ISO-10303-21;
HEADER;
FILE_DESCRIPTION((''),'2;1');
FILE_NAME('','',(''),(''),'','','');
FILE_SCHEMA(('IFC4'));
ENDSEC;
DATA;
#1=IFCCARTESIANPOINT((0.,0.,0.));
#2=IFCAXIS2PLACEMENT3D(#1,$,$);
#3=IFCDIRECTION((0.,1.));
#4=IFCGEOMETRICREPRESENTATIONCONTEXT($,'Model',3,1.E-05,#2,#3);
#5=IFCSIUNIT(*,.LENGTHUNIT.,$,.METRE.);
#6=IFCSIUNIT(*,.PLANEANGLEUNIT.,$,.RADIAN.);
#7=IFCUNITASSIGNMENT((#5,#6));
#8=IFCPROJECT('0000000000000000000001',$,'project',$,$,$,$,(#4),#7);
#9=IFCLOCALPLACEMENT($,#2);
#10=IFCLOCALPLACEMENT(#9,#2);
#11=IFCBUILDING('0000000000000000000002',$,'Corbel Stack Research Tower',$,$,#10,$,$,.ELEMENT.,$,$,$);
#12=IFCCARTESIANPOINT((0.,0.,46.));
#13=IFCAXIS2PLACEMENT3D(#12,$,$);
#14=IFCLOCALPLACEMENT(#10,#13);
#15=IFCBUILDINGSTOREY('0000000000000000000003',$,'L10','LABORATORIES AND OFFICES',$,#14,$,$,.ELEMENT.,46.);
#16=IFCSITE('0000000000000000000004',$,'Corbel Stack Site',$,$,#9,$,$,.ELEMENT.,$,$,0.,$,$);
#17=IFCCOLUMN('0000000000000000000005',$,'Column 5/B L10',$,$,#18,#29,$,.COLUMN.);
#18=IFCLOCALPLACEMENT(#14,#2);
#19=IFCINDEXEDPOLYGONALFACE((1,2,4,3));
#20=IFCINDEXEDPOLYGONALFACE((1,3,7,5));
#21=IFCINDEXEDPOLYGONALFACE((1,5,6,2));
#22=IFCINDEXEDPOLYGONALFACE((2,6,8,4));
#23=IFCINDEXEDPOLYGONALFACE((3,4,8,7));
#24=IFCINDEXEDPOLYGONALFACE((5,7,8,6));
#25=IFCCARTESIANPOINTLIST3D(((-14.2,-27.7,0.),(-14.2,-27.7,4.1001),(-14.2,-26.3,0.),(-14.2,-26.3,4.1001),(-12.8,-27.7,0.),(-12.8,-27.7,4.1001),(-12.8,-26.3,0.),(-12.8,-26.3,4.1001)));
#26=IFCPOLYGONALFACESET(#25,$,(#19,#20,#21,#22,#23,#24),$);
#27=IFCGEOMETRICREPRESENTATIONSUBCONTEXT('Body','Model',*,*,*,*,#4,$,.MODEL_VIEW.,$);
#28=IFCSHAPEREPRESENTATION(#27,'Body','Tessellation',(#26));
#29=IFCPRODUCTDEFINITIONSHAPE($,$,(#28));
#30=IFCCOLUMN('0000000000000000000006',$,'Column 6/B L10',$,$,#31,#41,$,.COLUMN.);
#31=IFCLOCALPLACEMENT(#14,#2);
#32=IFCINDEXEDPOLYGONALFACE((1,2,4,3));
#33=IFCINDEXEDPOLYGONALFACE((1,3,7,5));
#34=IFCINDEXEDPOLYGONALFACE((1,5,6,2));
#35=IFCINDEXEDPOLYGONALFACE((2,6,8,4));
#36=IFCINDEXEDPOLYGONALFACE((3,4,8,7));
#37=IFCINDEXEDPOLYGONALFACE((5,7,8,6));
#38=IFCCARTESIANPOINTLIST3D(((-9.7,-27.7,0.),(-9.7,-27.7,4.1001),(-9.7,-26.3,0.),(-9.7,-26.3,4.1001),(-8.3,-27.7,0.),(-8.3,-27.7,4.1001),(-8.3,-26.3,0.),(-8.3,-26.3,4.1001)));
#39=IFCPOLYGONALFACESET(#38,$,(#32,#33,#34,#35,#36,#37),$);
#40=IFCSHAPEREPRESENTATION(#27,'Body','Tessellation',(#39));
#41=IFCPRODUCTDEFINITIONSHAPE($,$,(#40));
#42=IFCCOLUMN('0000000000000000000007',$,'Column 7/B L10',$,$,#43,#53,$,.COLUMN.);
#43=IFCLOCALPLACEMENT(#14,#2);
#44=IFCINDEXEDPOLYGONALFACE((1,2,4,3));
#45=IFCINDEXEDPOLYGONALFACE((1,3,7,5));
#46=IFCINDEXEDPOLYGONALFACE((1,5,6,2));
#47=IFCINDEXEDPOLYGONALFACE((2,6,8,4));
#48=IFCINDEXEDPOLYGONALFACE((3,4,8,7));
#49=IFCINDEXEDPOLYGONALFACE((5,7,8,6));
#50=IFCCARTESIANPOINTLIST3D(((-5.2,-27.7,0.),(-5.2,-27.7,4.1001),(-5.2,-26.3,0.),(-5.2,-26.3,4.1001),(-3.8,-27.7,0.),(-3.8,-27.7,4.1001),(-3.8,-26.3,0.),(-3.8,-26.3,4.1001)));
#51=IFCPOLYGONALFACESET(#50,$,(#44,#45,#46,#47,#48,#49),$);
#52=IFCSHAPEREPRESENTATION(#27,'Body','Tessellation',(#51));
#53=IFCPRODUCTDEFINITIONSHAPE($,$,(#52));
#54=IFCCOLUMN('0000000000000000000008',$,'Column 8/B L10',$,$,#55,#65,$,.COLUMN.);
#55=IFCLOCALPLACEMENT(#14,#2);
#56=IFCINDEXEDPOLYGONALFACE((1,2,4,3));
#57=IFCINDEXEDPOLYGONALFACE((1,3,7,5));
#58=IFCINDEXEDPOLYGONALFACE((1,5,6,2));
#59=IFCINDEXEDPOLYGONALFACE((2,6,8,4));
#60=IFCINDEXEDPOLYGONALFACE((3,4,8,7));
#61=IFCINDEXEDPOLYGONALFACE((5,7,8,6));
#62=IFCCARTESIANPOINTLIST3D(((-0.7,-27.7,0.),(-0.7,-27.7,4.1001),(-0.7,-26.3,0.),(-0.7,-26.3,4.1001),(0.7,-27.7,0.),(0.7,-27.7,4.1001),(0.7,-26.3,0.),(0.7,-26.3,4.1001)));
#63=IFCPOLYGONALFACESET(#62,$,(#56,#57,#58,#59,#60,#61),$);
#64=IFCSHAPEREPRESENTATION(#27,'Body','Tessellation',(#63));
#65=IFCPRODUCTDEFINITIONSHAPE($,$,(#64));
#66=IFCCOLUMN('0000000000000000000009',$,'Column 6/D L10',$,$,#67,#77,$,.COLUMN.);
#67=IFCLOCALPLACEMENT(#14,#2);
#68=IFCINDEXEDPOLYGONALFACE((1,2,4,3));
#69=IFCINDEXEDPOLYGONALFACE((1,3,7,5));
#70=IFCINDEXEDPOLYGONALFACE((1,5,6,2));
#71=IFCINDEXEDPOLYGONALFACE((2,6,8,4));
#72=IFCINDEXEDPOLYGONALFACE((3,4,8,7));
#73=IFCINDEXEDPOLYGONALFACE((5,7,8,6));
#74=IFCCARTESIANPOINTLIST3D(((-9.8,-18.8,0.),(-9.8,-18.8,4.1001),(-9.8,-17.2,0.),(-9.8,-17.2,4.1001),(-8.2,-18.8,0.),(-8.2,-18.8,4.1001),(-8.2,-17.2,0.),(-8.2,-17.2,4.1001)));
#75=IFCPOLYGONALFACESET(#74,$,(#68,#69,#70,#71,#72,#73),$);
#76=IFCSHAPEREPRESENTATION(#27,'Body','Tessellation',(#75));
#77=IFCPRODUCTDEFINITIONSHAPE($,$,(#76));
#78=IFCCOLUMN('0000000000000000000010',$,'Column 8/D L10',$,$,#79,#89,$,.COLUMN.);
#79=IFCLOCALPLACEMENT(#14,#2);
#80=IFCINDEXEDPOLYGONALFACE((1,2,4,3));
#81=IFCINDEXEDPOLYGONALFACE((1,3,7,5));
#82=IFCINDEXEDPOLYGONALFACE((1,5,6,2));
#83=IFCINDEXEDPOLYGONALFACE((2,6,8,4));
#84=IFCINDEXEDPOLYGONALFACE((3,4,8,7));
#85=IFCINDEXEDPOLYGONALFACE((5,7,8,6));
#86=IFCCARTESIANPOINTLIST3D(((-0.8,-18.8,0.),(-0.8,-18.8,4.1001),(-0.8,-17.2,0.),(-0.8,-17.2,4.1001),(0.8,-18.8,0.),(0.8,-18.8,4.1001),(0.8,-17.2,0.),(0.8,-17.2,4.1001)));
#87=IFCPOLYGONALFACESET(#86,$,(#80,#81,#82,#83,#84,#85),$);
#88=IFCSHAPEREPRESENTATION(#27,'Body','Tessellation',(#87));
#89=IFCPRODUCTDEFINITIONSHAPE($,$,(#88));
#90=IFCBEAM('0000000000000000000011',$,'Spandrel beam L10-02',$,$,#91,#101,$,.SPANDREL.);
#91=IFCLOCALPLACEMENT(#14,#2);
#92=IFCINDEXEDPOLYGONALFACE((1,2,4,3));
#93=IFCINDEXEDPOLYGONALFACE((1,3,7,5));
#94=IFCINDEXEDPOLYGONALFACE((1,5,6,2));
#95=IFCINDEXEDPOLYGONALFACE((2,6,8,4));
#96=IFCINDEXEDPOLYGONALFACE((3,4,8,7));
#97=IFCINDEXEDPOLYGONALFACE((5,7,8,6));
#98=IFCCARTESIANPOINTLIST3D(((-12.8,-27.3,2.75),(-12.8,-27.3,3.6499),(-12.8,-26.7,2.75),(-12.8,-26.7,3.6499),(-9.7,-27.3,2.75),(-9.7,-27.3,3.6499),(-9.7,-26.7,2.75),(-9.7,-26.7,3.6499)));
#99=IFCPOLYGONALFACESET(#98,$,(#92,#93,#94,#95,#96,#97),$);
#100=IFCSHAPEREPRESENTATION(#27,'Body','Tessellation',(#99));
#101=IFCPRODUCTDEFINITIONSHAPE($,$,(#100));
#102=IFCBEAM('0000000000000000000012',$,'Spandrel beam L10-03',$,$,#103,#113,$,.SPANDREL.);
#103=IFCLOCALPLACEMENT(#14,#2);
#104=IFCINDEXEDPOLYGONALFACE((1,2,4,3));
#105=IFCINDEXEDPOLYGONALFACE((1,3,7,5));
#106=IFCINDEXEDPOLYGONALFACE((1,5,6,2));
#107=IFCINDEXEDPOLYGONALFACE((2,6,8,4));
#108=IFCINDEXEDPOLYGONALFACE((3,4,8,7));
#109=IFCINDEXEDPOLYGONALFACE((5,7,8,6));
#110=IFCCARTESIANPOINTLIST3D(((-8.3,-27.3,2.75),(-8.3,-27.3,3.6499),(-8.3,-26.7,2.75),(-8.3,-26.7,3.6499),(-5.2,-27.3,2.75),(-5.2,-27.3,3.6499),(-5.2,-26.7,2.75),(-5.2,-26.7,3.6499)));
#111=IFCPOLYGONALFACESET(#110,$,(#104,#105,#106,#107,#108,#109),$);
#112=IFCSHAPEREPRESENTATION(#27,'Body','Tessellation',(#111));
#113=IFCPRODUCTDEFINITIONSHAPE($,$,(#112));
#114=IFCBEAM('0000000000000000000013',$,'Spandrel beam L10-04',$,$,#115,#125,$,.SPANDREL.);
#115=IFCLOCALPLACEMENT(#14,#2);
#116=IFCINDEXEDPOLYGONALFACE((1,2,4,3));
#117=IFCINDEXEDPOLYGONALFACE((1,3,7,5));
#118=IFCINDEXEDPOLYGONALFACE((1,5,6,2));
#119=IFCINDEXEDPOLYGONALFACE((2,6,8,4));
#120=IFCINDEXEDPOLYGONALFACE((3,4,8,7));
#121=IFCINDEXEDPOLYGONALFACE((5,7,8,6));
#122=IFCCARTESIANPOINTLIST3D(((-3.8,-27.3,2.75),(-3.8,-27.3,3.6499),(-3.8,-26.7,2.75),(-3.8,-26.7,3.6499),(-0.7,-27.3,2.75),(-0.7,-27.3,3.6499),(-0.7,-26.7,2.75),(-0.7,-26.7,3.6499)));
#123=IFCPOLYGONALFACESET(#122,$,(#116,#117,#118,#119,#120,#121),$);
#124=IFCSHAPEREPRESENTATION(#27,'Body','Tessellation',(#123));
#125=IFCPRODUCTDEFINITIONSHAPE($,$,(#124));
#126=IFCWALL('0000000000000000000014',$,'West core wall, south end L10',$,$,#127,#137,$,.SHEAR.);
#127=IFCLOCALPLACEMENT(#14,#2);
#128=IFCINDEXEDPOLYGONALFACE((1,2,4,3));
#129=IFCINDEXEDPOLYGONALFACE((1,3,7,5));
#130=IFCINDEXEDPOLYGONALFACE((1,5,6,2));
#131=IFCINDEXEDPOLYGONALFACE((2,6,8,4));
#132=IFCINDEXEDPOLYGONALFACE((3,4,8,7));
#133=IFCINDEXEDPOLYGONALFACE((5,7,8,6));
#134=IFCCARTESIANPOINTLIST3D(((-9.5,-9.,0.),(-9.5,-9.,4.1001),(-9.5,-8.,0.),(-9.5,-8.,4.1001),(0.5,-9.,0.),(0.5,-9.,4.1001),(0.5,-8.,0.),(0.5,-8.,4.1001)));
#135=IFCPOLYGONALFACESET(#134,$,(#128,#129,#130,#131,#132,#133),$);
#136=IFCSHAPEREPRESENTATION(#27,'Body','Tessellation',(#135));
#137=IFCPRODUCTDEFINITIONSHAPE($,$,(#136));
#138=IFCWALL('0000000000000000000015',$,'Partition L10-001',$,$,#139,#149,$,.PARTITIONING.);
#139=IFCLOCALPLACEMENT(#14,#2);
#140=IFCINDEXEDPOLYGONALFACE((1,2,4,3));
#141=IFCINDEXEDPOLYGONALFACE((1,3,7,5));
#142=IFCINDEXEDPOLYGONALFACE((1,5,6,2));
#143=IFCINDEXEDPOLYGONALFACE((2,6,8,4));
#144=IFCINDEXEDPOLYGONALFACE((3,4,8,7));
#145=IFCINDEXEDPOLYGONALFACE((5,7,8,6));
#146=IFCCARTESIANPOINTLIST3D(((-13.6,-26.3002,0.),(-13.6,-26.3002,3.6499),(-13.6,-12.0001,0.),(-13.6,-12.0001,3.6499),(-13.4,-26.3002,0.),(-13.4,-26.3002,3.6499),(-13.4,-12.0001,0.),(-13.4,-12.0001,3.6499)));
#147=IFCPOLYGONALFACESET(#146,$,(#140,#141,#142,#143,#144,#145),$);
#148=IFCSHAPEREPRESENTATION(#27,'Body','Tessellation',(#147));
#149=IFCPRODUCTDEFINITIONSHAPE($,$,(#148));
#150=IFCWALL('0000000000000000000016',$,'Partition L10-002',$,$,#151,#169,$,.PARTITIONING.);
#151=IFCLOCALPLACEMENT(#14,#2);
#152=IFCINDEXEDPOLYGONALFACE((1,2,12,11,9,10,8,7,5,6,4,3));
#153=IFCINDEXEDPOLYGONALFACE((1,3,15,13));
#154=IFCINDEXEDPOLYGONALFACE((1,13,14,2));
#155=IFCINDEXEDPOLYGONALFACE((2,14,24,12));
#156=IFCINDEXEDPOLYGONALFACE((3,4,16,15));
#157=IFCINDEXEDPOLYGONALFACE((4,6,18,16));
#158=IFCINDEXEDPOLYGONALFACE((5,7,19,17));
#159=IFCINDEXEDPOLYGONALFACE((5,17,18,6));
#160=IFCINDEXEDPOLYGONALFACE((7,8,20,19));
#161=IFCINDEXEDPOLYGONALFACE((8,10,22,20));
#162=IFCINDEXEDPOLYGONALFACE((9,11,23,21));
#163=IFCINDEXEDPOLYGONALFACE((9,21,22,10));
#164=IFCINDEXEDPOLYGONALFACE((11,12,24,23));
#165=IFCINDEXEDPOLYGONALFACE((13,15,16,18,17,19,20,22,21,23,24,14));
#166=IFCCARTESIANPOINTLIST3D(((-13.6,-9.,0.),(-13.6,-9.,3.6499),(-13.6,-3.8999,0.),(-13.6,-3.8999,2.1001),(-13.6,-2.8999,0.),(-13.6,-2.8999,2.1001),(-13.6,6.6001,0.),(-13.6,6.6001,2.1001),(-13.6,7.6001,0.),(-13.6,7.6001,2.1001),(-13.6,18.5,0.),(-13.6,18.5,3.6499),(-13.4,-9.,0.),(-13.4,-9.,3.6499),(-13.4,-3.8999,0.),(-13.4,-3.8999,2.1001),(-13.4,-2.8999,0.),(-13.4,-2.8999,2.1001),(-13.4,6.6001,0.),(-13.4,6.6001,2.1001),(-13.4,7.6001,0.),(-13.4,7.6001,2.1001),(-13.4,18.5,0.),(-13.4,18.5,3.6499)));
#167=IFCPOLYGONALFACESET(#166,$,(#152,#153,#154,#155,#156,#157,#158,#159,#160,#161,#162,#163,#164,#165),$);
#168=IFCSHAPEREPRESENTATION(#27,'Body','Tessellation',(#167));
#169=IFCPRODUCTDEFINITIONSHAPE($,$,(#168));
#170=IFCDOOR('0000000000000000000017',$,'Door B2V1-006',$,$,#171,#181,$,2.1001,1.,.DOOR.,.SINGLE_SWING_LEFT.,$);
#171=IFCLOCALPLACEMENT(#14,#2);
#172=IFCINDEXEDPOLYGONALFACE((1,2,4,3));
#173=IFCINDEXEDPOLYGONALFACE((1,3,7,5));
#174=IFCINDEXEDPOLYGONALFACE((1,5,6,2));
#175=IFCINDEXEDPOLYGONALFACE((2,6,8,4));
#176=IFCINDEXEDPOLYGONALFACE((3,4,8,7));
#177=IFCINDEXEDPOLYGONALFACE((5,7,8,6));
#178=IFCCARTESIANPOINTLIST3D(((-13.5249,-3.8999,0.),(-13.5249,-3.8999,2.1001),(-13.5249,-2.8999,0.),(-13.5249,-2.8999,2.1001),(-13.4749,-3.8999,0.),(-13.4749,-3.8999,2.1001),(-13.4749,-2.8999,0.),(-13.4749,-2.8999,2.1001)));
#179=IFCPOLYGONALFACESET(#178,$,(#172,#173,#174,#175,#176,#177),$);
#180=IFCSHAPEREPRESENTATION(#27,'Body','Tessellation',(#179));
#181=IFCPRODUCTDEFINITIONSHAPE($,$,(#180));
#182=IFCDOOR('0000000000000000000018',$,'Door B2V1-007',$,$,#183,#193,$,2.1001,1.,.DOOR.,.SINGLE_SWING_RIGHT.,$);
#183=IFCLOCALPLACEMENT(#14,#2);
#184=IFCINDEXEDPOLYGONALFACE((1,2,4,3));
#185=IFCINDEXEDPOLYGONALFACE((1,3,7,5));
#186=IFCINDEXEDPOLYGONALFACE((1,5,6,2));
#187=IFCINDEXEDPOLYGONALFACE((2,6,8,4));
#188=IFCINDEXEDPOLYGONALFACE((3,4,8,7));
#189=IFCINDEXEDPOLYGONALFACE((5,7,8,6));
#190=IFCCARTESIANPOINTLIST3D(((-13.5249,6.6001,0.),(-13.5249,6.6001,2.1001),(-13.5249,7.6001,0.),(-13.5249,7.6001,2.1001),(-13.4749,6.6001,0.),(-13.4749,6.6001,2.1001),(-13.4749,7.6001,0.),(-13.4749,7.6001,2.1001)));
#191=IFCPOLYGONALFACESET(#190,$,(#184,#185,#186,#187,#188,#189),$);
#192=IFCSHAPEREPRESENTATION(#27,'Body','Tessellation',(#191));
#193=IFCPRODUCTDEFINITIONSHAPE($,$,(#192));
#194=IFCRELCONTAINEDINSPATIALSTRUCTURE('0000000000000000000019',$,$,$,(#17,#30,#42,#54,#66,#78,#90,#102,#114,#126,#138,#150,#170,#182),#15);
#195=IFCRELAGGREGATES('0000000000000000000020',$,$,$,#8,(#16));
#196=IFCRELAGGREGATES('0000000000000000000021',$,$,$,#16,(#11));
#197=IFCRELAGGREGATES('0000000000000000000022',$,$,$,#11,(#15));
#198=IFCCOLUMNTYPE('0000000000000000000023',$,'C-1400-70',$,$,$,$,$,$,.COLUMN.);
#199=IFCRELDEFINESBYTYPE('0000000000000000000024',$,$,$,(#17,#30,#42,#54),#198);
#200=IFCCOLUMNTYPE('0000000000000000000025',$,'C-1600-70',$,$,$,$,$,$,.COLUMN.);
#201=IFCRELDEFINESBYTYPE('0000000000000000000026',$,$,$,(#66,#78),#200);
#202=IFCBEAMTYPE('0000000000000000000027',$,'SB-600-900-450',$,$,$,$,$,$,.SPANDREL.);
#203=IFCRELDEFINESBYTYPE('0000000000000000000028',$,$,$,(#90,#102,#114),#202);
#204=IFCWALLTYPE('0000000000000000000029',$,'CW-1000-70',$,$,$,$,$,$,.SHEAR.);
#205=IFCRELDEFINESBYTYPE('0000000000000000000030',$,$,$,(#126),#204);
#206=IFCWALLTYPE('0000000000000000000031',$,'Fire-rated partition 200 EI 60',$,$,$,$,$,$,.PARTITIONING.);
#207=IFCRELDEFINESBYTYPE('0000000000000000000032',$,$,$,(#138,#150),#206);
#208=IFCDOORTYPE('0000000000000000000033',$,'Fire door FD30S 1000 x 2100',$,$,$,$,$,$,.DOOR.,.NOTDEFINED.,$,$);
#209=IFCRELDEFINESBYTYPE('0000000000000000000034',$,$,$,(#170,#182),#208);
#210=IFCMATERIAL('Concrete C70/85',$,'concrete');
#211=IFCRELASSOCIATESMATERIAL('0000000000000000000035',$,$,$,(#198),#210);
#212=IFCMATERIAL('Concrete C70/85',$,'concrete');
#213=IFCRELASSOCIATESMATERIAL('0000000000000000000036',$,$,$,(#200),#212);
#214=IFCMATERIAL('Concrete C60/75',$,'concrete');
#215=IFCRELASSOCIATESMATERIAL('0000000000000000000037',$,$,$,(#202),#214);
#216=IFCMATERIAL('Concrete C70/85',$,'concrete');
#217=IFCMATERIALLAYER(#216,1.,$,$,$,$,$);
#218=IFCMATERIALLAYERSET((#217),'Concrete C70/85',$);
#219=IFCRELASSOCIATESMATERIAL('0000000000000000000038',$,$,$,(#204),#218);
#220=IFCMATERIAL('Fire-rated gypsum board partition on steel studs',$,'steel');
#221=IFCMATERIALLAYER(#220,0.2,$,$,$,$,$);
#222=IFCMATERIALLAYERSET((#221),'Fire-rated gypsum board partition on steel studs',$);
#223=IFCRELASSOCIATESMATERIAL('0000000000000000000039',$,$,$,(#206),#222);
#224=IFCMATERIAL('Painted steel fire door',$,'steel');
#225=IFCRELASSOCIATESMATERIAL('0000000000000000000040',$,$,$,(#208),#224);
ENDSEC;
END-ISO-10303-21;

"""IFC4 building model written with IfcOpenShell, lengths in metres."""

from ifc_helpers import new_model, si_unit, direction, frame, frame_2d, origin, origin_2d, place, context, subcontext, project, spatial, rectangle, extrude, material, layer, layer_set, material_profile, profile_set, type_object, element, fill, save


model = new_model("IFC4")

# Units and contexts
model_context = context("Model", 3, precision=1e-05, world=origin(), true_north=direction((0.0, 1.0)))
body_context = subcontext(model_context, "Body", "Model", "MODEL_VIEW")
ifc_project = project(units=[si_unit("LENGTHUNIT", "METRE"), si_unit("PLANEANGLEUNIT", "RADIAN")], contexts=[model_context])

# Site, building, storey
site_placement = place(None, origin())
site = spatial("IfcSite", under=ifc_project, at=site_placement, Name="Corbel Stack Site", CompositionType="ELEMENT", RefElevation=0.0)
building_placement = place(site_placement, origin())
building = spatial("IfcBuilding", under=site, at=building_placement, Name="Corbel Stack Research Tower", CompositionType="ELEMENT")
storey_placement = place(building_placement, frame((0.0, 0.0, 46.0)))
storey = spatial("IfcBuildingStorey", under=building, at=storey_placement, Name="L10", Description="LABORATORIES AND OFFICES", CompositionType="ELEMENT", Elevation=46.0)

# Columns
ifc_material_1 = material(Name="Concrete C70/85", Category="concrete")
ifc_material_profile_1 = material_profile(ifc_material_1, rectangle(XDim=1.3999, YDim=1.3999, at=origin_2d()), Name="RC 1400 x 1400")
ifc_profile_set_1 = profile_set([ifc_material_profile_1], Name="Concrete C70/85")
column_type_1 = type_object("IfcColumnType", Name="C-1400-70", PredefinedType="COLUMN", material=ifc_profile_set_1)
for number, where, z_axis, x_axis, name in (
    (1, (-13.5, -27.0, 0.0), (0.0, 0.0, 1.0), (1.0, 0.0, 0.0), "Column 5/B L10"),
    (2, (-9.0, -27.0, 0.0), (0.0, 0.0, 1.0), (1.0, 0.0, 0.0), "Column 6/B L10"),
    (3, (-4.5, -27.0, 0.0), (0.0, 0.0, 1.0), (1.0, 0.0, 0.0), "Column 7/B L10"),
    (4, (0.0, -27.0, 0.0), (0.0, 0.0, 1.0), (1.0, 0.0, 0.0), "Column 8/B L10"),
):
    element("IfcColumn", number, at=place(storey_placement, frame(where, z_axis=z_axis, x_axis=x_axis)), inside=storey, type_object=column_type_1, Name=name, PredefinedType="COLUMN", context=body_context, shape_type="SweptSolid", body=[
        extrude(rectangle(XDim=1.3999, YDim=1.3999, at=origin_2d()), origin(), (0.0, 0.0, 1.0), 4.1001),
    ])
ifc_material_2 = material(Name="Concrete C70/85", Category="concrete")
ifc_material_profile_2 = material_profile(ifc_material_2, rectangle(XDim=1.6001, YDim=1.6001, at=origin_2d()), Name="RC 1600 x 1600")
ifc_profile_set_2 = profile_set([ifc_material_profile_2], Name="Concrete C70/85")
column_type_2 = type_object("IfcColumnType", Name="C-1600-70", PredefinedType="COLUMN", material=ifc_profile_set_2)
for number, where, z_axis, x_axis, name in (
    (5, (-9.0, -18.0, 0.0), (0.0, 0.0, 1.0), (1.0, 0.0, 0.0), "Column 6/D L10"),
    (6, (0.0, -18.0, 0.0), (0.0, 0.0, 1.0), (1.0, 0.0, 0.0), "Column 8/D L10"),
):
    element("IfcColumn", number, at=place(storey_placement, frame(where, z_axis=z_axis, x_axis=x_axis)), inside=storey, type_object=column_type_2, Name=name, PredefinedType="COLUMN", context=body_context, shape_type="SweptSolid", body=[
        extrude(rectangle(XDim=1.6001, YDim=1.6001, at=origin_2d()), origin(), (0.0, 0.0, 1.0), 4.1001),
    ])

# Beams
ifc_material_3 = material(Name="Concrete C60/75", Category="concrete")
ifc_material_profile_3 = material_profile(ifc_material_3, rectangle(XDim=0.6001, YDim=0.8999, at=origin_2d()), Name="RC 600 x 900")
ifc_profile_set_3 = profile_set([ifc_material_profile_3], Name="Concrete C60/75")
beam_type = type_object("IfcBeamType", Name="SB-600-900-450", PredefinedType="SPANDREL", material=ifc_profile_set_3)
for number, where, z_axis, x_axis, name in (
    (7, (-12.8, -27.0, 3.2), (1.0, 0.0, 0.0), (0.0, 1.0, 0.0), "Spandrel beam L10-02"),
    (8, (-8.3, -27.0, 3.2), (1.0, 0.0, 0.0), (0.0, 1.0, 0.0), "Spandrel beam L10-03"),
    (9, (-3.8, -27.0, 3.2), (1.0, 0.0, 0.0), (0.0, 1.0, 0.0), "Spandrel beam L10-04"),
):
    element("IfcBeam", number, at=place(storey_placement, frame(where, z_axis=z_axis, x_axis=x_axis)), inside=storey, type_object=beam_type, Name=name, PredefinedType="SPANDREL", context=body_context, shape_type="SweptSolid", body=[
        extrude(rectangle(XDim=0.6001, YDim=0.8999, at=origin_2d()), origin(), (0.0, 0.0, 1.0), 3.1001),
    ])

# Shared definitions
ifc_material_4 = material(Name="Concrete C70/85", Category="concrete")
ifc_layer_1 = layer(ifc_material_4, 1.0)
ifc_layer_set_1 = layer_set([ifc_layer_1], Name="Concrete C70/85")
wall_type_1 = type_object("IfcWallType", Name="CW-1000-70", PredefinedType="SHEAR", material=ifc_layer_set_1)

# Walls
wall_1_placement = place(storey_placement, frame((-9.5, -8.5, 0.0), z_axis=(0.0, 0.0, 1.0), x_axis=(1.0, 0.0, 0.0)))
element("IfcWall", 10, at=wall_1_placement, inside=storey, type_object=wall_type_1, Name="West core wall, south end L10", PredefinedType="SHEAR", context=body_context, shape_type="SweptSolid", body=[
    extrude(rectangle(XDim=10.0, YDim=1.0, at=frame_2d((5.0, 0.0))), origin(), (0.0, 0.0, 1.0), 4.1001),
])
ifc_material_5 = material(Name="Fire-rated gypsum board partition on steel studs", Category="steel")
ifc_layer_2 = layer(ifc_material_5, 0.2)
ifc_layer_set_2 = layer_set([ifc_layer_2], Name="Fire-rated gypsum board partition on steel studs")
wall_type_2 = type_object("IfcWallType", Name="Fire-rated partition 200 EI 60", PredefinedType="PARTITIONING", material=ifc_layer_set_2)
wall_2_placement = place(storey_placement, frame((-13.5, -26.3, 0.0), z_axis=(0.0, 0.0, 1.0), x_axis=(0.0, 1.0, 0.0)))
element("IfcWall", 11, at=wall_2_placement, inside=storey, type_object=wall_type_2, Name="Partition L10-001", PredefinedType="PARTITIONING", context=body_context, shape_type="SweptSolid", body=[
    extrude(rectangle(XDim=14.3, YDim=0.2, at=frame_2d((7.1499, 0.0))), origin(), (0.0, 0.0, 1.0), 3.6499),
])

# Wall, openings, doors
wall_3_placement = place(storey_placement, frame((-13.5, -9.0, 0.0), z_axis=(0.0, 0.0, 1.0), x_axis=(0.0, 1.0, 0.0)))
wall_3 = element("IfcWall", 12, at=wall_3_placement, inside=storey, type_object=wall_type_2, Name="Partition L10-002", PredefinedType="PARTITIONING", context=body_context, shape_type="SweptSolid", body=[
    extrude(rectangle(XDim=27.5, YDim=0.2, at=frame_2d((13.75, 0.0))), origin(), (0.0, 0.0, 1.0), 3.6499),
])
opening_1_placement = place(wall_3_placement, frame((5.1001, 0.0, 0.0)))
opening_1 = element("IfcOpeningElement", 13, at=opening_1_placement, cuts=wall_3, PredefinedType="OPENING", context=body_context, shape_type="SweptSolid", body=[
    extrude(rectangle(XDim=1.0, YDim=2.1001, at=frame_2d((0.5, 1.05))), frame((0.0, 0.1099, 0.0), z_axis=(0.0, -1.0, 0.0), x_axis=(1.0, 0.0, 0.0)), (0.0, 0.0, 1.0), 0.22),
])
opening_2_placement = place(wall_3_placement, frame((15.6001, 0.0, 0.0)))
opening_2 = element("IfcOpeningElement", 14, at=opening_2_placement, cuts=wall_3, PredefinedType="OPENING", context=body_context, shape_type="SweptSolid", body=[
    extrude(rectangle(XDim=1.0, YDim=2.1001, at=frame_2d((0.5, 1.05))), frame((0.0, 0.1099, 0.0), z_axis=(0.0, -1.0, 0.0), x_axis=(1.0, 0.0, 0.0)), (0.0, 0.0, 1.0), 0.22),
])
ifc_material_6 = material(Name="Painted steel fire door", Category="steel")
door_type_1 = type_object("IfcDoorType", Name="Fire door FD30S 1000 x 2100", OperationType="NOTDEFINED", PredefinedType="DOOR", material=ifc_material_6)
door_1_placement = place(opening_1_placement, origin())
door_1 = element("IfcDoor", 15, at=door_1_placement, inside=storey, type_object=door_type_1, Name="Door B2V1-006", OperationType="SINGLE_SWING_LEFT", OverallHeight=2.1001, OverallWidth=1.0, PredefinedType="DOOR", context=body_context, shape_type="SweptSolid", body=[
    extrude(rectangle(XDim=1.0, YDim=2.1001, at=frame_2d((0.5, 1.05))), frame((0.0, 0.0249, 0.0), z_axis=(0.0, -1.0, 0.0), x_axis=(1.0, 0.0, 0.0)), (0.0, 0.0, 1.0), 0.05),
])
fill(opening_1, door_1)
door_2_placement = place(opening_2_placement, origin())
door_2 = element("IfcDoor", 16, at=door_2_placement, inside=storey, type_object=door_type_1, Name="Door B2V1-007", OperationType="SINGLE_SWING_RIGHT", OverallHeight=2.1001, OverallWidth=1.0, PredefinedType="DOOR", context=body_context, shape_type="SweptSolid", body=[
    extrude(rectangle(XDim=1.0, YDim=2.1001, at=frame_2d((0.5, 1.05))), frame((0.0, 0.0249, 0.0), z_axis=(0.0, -1.0, 0.0), x_axis=(1.0, 0.0, 0.0)), (0.0, 0.0, 1.0), 0.05),
])
fill(opening_2, door_2)

save(model, "model.ifc")
